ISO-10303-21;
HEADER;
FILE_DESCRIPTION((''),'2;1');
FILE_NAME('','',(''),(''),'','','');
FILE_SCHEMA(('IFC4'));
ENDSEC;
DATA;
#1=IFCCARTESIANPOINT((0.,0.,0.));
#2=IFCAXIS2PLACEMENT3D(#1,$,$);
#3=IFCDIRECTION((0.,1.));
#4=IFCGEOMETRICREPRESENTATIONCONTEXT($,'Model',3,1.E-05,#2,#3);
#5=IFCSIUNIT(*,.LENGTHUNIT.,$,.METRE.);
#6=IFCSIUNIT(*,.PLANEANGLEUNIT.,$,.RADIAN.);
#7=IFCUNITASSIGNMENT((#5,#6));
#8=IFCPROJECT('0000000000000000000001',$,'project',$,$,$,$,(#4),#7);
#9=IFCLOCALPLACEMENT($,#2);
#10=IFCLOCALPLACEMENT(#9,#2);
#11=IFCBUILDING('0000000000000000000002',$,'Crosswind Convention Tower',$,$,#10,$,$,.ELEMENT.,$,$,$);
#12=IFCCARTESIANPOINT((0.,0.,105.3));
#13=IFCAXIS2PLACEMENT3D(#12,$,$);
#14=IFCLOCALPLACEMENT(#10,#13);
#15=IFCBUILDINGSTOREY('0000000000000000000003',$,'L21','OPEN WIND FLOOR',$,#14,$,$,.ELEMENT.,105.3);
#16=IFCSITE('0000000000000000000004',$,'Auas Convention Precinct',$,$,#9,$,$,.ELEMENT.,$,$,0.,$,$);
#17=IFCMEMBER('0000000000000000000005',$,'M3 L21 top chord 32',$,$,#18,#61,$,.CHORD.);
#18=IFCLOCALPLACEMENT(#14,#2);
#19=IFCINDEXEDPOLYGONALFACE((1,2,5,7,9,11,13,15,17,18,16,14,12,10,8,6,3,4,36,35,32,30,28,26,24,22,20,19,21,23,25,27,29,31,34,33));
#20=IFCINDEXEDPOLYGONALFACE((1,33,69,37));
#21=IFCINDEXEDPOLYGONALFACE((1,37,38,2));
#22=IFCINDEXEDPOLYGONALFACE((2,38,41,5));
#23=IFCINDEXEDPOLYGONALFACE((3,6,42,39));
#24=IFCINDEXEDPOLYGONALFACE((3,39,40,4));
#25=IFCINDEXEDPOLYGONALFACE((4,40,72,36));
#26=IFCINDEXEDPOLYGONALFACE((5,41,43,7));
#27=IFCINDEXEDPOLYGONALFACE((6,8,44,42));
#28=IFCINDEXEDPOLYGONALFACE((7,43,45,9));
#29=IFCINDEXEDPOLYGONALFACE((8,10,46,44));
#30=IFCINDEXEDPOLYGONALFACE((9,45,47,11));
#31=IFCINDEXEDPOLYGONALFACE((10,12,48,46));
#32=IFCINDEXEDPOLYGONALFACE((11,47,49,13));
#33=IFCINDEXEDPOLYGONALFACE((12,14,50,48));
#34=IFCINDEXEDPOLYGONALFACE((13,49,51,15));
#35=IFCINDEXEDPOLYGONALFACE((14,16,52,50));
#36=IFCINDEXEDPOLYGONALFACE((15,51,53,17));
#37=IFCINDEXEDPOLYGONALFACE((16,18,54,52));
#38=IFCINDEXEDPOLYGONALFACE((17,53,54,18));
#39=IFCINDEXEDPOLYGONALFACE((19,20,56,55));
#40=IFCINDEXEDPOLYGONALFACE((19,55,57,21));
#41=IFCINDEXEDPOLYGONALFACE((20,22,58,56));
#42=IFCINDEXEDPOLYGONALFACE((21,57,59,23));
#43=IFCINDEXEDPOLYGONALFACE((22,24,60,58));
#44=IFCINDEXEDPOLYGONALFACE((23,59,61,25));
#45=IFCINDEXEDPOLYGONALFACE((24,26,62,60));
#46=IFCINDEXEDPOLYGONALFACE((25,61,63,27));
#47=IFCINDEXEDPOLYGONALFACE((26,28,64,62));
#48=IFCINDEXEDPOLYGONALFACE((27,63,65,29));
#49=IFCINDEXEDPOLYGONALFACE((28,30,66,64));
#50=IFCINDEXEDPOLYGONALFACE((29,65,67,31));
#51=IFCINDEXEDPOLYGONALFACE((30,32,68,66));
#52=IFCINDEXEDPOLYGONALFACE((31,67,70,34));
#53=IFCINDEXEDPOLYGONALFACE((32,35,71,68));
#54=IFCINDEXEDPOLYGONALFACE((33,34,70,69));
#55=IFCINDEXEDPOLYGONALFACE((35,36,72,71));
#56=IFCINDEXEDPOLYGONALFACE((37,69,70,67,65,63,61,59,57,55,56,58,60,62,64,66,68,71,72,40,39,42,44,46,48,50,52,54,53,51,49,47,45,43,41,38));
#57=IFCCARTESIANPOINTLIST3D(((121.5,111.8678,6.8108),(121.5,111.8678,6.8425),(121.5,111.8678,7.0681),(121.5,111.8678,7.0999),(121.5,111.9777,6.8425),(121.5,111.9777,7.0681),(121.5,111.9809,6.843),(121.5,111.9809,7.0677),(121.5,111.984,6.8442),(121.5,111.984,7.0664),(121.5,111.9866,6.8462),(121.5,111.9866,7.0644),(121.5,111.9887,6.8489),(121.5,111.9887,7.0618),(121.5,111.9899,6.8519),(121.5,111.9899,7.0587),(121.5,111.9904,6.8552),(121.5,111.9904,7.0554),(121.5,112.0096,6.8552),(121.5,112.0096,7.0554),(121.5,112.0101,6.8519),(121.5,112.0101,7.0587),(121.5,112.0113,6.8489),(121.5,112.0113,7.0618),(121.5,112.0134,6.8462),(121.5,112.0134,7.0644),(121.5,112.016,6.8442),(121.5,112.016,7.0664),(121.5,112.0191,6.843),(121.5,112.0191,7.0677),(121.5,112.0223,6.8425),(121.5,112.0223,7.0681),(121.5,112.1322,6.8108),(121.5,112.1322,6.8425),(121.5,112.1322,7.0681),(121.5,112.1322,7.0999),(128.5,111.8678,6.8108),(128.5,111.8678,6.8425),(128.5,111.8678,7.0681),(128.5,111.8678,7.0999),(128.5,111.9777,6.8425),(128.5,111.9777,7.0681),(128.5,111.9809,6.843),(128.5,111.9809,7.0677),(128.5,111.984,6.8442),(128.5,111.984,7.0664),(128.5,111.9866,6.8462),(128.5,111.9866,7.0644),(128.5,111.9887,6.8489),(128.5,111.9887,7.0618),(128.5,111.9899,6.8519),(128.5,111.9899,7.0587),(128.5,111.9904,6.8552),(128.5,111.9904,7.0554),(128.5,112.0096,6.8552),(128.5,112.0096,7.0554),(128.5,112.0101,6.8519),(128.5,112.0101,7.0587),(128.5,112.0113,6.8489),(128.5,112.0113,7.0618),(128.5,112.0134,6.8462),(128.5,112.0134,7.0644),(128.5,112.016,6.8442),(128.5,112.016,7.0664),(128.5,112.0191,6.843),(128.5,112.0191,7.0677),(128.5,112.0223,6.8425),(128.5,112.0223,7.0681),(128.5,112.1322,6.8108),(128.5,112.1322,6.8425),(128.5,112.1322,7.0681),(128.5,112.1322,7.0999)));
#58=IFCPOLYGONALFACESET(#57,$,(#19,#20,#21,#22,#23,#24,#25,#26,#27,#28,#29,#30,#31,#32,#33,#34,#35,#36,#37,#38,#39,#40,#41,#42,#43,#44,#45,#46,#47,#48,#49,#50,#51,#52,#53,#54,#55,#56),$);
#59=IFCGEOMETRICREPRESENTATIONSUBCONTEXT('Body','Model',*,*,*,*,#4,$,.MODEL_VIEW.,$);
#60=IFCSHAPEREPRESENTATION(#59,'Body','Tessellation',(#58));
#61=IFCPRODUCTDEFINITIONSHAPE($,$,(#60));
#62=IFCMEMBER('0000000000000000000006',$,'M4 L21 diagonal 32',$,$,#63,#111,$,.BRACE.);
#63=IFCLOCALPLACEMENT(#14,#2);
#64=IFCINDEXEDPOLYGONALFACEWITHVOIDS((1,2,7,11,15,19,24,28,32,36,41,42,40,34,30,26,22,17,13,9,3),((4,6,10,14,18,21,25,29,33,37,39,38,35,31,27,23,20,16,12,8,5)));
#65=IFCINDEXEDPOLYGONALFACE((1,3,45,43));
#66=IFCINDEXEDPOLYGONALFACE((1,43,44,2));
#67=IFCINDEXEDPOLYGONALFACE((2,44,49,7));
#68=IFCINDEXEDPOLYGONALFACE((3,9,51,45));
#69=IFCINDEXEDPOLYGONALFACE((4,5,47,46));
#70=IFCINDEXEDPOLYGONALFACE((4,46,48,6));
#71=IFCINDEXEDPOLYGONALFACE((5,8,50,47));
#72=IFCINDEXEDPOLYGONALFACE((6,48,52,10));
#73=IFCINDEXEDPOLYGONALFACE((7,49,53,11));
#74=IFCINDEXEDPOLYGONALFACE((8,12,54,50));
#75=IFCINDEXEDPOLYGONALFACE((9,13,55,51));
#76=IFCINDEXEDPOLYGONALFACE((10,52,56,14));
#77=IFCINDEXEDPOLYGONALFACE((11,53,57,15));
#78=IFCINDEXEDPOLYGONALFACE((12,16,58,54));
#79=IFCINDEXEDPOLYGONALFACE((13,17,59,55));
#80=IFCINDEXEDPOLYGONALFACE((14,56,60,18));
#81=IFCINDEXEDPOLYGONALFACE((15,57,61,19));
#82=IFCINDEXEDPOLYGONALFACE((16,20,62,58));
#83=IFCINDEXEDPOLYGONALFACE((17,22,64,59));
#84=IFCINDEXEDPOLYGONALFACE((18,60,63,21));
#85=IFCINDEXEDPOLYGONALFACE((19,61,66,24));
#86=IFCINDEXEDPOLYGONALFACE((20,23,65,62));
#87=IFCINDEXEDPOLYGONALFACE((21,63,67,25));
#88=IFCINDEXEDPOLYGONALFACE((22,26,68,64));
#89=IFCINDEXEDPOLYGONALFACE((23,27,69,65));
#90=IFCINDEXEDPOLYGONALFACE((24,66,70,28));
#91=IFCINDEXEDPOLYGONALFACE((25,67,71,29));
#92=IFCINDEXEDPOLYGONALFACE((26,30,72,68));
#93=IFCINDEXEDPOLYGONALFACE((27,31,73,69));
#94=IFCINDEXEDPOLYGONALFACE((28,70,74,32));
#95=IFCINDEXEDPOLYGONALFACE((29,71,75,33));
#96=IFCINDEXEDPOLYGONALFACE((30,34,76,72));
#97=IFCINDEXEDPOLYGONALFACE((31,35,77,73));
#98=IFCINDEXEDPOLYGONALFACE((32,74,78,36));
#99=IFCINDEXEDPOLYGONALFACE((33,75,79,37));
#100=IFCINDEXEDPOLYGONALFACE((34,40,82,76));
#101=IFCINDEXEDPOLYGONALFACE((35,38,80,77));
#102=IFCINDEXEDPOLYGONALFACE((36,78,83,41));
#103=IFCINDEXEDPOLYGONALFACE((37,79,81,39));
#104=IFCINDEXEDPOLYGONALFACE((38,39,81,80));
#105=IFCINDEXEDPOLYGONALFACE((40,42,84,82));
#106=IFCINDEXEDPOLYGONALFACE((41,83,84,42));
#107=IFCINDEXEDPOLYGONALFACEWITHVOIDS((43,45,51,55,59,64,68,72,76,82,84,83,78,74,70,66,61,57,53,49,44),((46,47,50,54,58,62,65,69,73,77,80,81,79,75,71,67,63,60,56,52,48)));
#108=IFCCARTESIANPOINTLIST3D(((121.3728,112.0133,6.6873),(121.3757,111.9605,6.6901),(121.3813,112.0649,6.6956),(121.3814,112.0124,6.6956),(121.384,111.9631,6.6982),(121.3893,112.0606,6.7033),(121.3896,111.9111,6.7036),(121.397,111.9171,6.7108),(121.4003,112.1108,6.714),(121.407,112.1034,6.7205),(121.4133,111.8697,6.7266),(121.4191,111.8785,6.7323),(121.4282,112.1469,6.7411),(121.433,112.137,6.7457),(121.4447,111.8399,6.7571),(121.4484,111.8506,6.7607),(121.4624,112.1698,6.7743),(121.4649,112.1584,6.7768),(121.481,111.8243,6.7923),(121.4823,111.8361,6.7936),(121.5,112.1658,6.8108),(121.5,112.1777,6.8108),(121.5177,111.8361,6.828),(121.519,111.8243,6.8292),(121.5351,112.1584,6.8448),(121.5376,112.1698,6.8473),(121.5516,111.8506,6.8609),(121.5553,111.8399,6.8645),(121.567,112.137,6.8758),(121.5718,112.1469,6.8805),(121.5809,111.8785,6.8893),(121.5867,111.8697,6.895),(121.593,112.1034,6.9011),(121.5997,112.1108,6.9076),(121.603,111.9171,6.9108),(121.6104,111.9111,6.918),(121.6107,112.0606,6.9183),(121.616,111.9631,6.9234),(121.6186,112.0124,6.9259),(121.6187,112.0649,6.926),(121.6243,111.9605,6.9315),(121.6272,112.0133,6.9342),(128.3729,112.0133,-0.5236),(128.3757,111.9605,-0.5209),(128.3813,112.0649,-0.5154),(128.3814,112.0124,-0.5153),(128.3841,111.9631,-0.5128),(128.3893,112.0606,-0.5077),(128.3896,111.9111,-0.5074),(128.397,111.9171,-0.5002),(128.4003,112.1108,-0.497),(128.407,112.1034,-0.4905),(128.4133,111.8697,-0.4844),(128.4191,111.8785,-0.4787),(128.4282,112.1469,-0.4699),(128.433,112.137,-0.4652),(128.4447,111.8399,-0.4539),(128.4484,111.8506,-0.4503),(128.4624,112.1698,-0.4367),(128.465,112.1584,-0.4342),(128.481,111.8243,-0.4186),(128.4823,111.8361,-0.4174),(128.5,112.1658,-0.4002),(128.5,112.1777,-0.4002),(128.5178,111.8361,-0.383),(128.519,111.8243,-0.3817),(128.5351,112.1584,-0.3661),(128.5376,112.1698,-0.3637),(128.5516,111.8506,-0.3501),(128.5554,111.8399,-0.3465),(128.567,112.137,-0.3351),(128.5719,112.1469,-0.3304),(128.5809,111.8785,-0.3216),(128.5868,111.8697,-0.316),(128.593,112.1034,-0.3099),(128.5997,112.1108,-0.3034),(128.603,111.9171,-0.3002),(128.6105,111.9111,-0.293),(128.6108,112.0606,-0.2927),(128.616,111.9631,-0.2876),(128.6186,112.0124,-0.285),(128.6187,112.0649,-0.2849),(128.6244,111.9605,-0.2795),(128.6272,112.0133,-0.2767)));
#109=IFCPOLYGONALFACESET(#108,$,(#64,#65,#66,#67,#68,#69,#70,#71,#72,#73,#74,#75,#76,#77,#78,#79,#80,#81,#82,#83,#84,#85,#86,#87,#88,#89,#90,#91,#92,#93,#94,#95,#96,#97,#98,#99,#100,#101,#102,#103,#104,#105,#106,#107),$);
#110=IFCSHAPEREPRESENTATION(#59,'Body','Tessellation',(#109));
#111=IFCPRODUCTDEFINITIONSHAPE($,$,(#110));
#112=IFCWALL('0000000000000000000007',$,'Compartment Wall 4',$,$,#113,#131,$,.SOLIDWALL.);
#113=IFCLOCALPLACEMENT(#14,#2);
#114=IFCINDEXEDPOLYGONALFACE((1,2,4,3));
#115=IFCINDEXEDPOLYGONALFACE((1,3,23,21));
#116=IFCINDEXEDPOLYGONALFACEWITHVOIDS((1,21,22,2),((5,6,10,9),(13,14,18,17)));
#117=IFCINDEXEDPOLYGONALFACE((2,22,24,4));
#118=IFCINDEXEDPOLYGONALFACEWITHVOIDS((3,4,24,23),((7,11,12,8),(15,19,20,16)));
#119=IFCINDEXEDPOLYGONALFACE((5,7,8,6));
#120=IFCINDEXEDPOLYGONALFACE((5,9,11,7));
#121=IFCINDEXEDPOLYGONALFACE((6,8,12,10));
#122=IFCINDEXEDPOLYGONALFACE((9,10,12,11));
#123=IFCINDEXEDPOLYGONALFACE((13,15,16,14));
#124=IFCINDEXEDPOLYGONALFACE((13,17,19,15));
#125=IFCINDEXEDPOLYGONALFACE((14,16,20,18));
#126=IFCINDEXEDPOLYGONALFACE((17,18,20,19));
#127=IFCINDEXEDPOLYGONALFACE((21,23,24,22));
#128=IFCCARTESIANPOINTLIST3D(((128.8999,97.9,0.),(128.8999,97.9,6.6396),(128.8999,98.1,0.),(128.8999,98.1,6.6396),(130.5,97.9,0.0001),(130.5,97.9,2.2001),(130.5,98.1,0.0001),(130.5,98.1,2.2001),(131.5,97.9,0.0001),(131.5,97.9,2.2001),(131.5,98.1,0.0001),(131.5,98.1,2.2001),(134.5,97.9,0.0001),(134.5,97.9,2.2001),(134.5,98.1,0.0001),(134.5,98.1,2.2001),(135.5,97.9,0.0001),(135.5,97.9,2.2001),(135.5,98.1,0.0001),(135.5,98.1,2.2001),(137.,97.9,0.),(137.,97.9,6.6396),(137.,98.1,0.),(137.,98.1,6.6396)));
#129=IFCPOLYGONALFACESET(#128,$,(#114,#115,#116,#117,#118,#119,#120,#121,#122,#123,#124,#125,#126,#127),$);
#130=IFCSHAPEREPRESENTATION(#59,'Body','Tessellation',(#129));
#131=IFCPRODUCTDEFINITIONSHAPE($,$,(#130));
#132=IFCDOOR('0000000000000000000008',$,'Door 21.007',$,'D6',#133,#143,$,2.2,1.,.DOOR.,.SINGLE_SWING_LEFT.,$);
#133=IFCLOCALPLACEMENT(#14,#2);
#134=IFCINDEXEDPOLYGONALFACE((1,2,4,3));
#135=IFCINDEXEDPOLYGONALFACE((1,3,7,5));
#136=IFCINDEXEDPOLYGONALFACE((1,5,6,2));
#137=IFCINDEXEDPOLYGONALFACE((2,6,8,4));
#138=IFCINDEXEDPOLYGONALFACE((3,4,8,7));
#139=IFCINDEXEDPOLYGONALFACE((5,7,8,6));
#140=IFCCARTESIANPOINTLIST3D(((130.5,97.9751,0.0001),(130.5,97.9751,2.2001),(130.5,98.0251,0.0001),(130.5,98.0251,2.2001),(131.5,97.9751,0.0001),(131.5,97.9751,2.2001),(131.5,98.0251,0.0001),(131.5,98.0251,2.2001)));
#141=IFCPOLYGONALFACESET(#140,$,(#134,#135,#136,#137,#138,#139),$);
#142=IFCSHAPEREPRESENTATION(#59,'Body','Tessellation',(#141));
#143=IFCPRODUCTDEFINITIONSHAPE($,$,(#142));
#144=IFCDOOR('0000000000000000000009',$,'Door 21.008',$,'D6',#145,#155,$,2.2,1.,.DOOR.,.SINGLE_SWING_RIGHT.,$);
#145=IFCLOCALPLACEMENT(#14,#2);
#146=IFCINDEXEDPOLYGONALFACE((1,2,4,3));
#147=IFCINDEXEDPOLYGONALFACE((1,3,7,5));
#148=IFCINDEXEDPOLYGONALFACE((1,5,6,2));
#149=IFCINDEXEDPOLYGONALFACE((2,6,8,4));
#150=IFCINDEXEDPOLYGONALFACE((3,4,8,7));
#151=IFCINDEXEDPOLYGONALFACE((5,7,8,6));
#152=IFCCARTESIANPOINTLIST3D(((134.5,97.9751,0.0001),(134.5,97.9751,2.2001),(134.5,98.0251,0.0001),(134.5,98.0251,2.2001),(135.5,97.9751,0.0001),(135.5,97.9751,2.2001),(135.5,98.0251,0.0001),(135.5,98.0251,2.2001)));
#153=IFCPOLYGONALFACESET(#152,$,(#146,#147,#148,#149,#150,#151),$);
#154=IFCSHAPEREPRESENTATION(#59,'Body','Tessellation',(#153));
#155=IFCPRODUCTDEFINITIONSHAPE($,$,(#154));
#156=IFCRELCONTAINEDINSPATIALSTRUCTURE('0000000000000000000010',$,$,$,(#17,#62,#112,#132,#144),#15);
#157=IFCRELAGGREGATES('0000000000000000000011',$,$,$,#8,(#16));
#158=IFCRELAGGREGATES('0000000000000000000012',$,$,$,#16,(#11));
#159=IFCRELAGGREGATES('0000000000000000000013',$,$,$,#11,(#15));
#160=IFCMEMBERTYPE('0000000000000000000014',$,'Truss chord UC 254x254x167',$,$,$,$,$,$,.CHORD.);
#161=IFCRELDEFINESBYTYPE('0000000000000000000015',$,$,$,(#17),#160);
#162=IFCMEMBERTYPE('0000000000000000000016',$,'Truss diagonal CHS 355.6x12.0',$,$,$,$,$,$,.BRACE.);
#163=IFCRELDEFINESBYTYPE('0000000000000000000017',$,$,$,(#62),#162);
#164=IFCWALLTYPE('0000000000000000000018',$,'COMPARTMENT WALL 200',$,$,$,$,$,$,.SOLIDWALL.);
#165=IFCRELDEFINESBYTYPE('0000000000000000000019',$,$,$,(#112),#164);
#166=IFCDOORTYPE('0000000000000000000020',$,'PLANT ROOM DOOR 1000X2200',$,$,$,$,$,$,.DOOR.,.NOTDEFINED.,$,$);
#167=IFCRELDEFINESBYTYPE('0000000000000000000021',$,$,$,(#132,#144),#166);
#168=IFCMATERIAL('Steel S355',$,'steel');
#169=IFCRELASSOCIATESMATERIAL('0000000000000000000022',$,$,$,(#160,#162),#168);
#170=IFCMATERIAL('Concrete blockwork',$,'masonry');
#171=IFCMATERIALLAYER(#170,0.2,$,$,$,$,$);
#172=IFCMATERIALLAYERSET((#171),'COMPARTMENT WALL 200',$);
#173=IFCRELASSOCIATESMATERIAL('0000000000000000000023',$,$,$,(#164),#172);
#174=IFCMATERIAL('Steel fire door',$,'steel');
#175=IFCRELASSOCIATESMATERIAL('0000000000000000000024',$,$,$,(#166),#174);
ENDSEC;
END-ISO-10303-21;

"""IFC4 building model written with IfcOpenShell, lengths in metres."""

from ifc_helpers import new_model, si_unit, direction, frame, frame_2d, origin, origin_2d, place, context, subcontext, project, spatial, rectangle, hollow_circle, i_section, extrude, material, layer, layer_set, material_profile, profile_set, type_object, element, fill, save


model = new_model("IFC4")

# Units and contexts
model_context = context("Model", 3, precision=1e-05, world=origin(), true_north=direction((0.0, 1.0)))
body_context = subcontext(model_context, "Body", "Model", "MODEL_VIEW")
ifc_project = project(units=[si_unit("LENGTHUNIT", "METRE"), si_unit("PLANEANGLEUNIT", "RADIAN")], contexts=[model_context])

# Site, building, storey
site_placement = place(None, origin())
site = spatial("IfcSite", under=ifc_project, at=site_placement, Name="Auas Convention Precinct", CompositionType="ELEMENT", RefElevation=0.0)
building_placement = place(site_placement, origin())
building = spatial("IfcBuilding", under=site, at=building_placement, Name="Crosswind Convention Tower", CompositionType="ELEMENT")
storey_placement = place(building_placement, frame((0.0, 0.0, 105.3)))
storey = spatial("IfcBuildingStorey", under=building, at=storey_placement, Name="L21", Description="OPEN WIND FLOOR", CompositionType="ELEMENT", Elevation=105.3)

# Shared definitions
ifc_material_1 = material(Name="Steel S355", Category="steel")

# Members
ifc_material_profile_1 = material_profile(ifc_material_1, i_section(OverallWidth=0.2644, OverallDepth=0.2891, WebThickness=0.0193, FlangeThickness=0.0317, FilletRadius=0.0127, at=origin_2d()), Name="UC 254x254x167")
ifc_profile_set_1 = profile_set([ifc_material_profile_1], Name="Steel S355")
member_type_1 = type_object("IfcMemberType", Name="Truss chord UC 254x254x167", PredefinedType="CHORD", material=ifc_profile_set_1)
for number, where, z_axis, x_axis, name in (
    (1, (121.5, 112.0, 6.9553), (1.0, 0.0, 0.0), (0.0, 1.0, 0.0), "M3 L21 top chord 32"),
):
    element("IfcMember", number, at=place(storey_placement, frame(where, z_axis=z_axis, x_axis=x_axis)), inside=storey, type_object=member_type_1, Name=name, PredefinedType="CHORD", context=body_context, shape_type="SweptSolid", body=[
        extrude(i_section(OverallWidth=0.2644, OverallDepth=0.2891, WebThickness=0.0193, FlangeThickness=0.0317, FilletRadius=0.0127, at=origin_2d()), origin(), (0.0, 0.0, 1.0), 7.0),
    ])
ifc_material_profile_2 = material_profile(ifc_material_1, hollow_circle(Radius=0.1777, WallThickness=0.012, at=origin_2d()), Name="CHS 355.6x12.0")
ifc_profile_set_2 = profile_set([ifc_material_profile_2], Name="Steel S355")
member_type_2 = type_object("IfcMemberType", Name="Truss diagonal CHS 355.6x12.0", PredefinedType="BRACE", material=ifc_profile_set_2)
member_placement = place(storey_placement, frame((121.5, 112.0, 6.8108), z_axis=(0.696534, 0.0, -0.717524), x_axis=(0.0, 1.0, 0.0)))
element("IfcMember", 2, at=member_placement, inside=storey, type_object=member_type_2, Name="M4 L21 diagonal 32", PredefinedType="BRACE", context=body_context, shape_type="SweptSolid", body=[
    extrude(hollow_circle(Radius=0.1777, WallThickness=0.012, at=origin_2d()), origin(), (0.0, 0.0, 1.0), 10.0498),
])

# Wall, openings, doors
ifc_material_2 = material(Name="Concrete blockwork", Category="masonry")
ifc_layer_1 = layer(ifc_material_2, 0.2)
ifc_layer_set_1 = layer_set([ifc_layer_1], Name="COMPARTMENT WALL 200")
wall_type = type_object("IfcWallType", Name="COMPARTMENT WALL 200", PredefinedType="SOLIDWALL", material=ifc_layer_set_1)
wall_1_placement = place(storey_placement, frame((128.8999, 98.0, 0.0), z_axis=(0.0, 0.0, 1.0), x_axis=(1.0, 0.0, 0.0)))
wall_1 = element("IfcWall", 3, at=wall_1_placement, inside=storey, type_object=wall_type, Name="Compartment Wall 4", PredefinedType="SOLIDWALL", context=body_context, shape_type="SweptSolid", body=[
    extrude(rectangle(XDim=8.1001, YDim=0.2, at=frame_2d((4.05, 0.0))), origin(), (0.0, 0.0, 1.0), 6.6396),
])
opening_1_placement = place(wall_1_placement, frame((1.6001, 0.0, 0.0)))
opening_1 = element("IfcOpeningElement", 4, at=opening_1_placement, cuts=wall_1, PredefinedType="OPENING", context=body_context, shape_type="SweptSolid", body=[
    extrude(rectangle(XDim=1.0, YDim=2.2, at=frame_2d((0.5, 1.1001))), frame((0.0, 0.1099, 0.0), z_axis=(0.0, -1.0, 0.0), x_axis=(1.0, 0.0, 0.0)), (0.0, 0.0, 1.0), 0.22),
])
opening_2_placement = place(wall_1_placement, frame((5.6001, 0.0, 0.0)))
opening_2 = element("IfcOpeningElement", 5, at=opening_2_placement, cuts=wall_1, PredefinedType="OPENING", context=body_context, shape_type="SweptSolid", body=[
    extrude(rectangle(XDim=1.0, YDim=2.2, at=frame_2d((0.5, 1.1001))), frame((0.0, 0.1099, 0.0), z_axis=(0.0, -1.0, 0.0), x_axis=(1.0, 0.0, 0.0)), (0.0, 0.0, 1.0), 0.22),
])
ifc_material_3 = material(Name="Steel fire door", Category="steel")
door_type = type_object("IfcDoorType", Name="PLANT ROOM DOOR 1000X2200", OperationType="NOTDEFINED", PredefinedType="DOOR", material=ifc_material_3)
door_1_placement = place(opening_1_placement, frame((1.0, 0.0, 0.0), z_axis=(0.0, 0.0, 1.0), x_axis=(-1.0, 0.0, 0.0)))
door_1 = element("IfcDoor", 6, at=door_1_placement, inside=storey, type_object=door_type, Name="Door 21.007", ObjectType="D6", OperationType="SINGLE_SWING_LEFT", OverallHeight=2.2, OverallWidth=1.0, PredefinedType="DOOR", context=body_context, shape_type="SweptSolid", body=[
    extrude(rectangle(XDim=1.0, YDim=2.2, at=frame_2d((0.5, 1.1001))), frame((0.0, 0.0249, 0.0), z_axis=(0.0, -1.0, 0.0), x_axis=(1.0, 0.0, 0.0)), (0.0, 0.0, 1.0), 0.05),
])
fill(opening_1, door_1)
door_2_placement = place(opening_2_placement, frame((1.0, 0.0, 0.0), z_axis=(0.0, 0.0, 1.0), x_axis=(-1.0, 0.0, 0.0)))
door_2 = element("IfcDoor", 7, at=door_2_placement, inside=storey, type_object=door_type, Name="Door 21.008", ObjectType="D6", OperationType="SINGLE_SWING_RIGHT", OverallHeight=2.2, OverallWidth=1.0, PredefinedType="DOOR", context=body_context, shape_type="SweptSolid", body=[
    extrude(rectangle(XDim=1.0, YDim=2.2, at=frame_2d((0.5, 1.1001))), frame((0.0, 0.0249, 0.0), z_axis=(0.0, -1.0, 0.0), x_axis=(1.0, 0.0, 0.0)), (0.0, 0.0, 1.0), 0.05),
])
fill(opening_2, door_2)

save(model, "model.ifc")
